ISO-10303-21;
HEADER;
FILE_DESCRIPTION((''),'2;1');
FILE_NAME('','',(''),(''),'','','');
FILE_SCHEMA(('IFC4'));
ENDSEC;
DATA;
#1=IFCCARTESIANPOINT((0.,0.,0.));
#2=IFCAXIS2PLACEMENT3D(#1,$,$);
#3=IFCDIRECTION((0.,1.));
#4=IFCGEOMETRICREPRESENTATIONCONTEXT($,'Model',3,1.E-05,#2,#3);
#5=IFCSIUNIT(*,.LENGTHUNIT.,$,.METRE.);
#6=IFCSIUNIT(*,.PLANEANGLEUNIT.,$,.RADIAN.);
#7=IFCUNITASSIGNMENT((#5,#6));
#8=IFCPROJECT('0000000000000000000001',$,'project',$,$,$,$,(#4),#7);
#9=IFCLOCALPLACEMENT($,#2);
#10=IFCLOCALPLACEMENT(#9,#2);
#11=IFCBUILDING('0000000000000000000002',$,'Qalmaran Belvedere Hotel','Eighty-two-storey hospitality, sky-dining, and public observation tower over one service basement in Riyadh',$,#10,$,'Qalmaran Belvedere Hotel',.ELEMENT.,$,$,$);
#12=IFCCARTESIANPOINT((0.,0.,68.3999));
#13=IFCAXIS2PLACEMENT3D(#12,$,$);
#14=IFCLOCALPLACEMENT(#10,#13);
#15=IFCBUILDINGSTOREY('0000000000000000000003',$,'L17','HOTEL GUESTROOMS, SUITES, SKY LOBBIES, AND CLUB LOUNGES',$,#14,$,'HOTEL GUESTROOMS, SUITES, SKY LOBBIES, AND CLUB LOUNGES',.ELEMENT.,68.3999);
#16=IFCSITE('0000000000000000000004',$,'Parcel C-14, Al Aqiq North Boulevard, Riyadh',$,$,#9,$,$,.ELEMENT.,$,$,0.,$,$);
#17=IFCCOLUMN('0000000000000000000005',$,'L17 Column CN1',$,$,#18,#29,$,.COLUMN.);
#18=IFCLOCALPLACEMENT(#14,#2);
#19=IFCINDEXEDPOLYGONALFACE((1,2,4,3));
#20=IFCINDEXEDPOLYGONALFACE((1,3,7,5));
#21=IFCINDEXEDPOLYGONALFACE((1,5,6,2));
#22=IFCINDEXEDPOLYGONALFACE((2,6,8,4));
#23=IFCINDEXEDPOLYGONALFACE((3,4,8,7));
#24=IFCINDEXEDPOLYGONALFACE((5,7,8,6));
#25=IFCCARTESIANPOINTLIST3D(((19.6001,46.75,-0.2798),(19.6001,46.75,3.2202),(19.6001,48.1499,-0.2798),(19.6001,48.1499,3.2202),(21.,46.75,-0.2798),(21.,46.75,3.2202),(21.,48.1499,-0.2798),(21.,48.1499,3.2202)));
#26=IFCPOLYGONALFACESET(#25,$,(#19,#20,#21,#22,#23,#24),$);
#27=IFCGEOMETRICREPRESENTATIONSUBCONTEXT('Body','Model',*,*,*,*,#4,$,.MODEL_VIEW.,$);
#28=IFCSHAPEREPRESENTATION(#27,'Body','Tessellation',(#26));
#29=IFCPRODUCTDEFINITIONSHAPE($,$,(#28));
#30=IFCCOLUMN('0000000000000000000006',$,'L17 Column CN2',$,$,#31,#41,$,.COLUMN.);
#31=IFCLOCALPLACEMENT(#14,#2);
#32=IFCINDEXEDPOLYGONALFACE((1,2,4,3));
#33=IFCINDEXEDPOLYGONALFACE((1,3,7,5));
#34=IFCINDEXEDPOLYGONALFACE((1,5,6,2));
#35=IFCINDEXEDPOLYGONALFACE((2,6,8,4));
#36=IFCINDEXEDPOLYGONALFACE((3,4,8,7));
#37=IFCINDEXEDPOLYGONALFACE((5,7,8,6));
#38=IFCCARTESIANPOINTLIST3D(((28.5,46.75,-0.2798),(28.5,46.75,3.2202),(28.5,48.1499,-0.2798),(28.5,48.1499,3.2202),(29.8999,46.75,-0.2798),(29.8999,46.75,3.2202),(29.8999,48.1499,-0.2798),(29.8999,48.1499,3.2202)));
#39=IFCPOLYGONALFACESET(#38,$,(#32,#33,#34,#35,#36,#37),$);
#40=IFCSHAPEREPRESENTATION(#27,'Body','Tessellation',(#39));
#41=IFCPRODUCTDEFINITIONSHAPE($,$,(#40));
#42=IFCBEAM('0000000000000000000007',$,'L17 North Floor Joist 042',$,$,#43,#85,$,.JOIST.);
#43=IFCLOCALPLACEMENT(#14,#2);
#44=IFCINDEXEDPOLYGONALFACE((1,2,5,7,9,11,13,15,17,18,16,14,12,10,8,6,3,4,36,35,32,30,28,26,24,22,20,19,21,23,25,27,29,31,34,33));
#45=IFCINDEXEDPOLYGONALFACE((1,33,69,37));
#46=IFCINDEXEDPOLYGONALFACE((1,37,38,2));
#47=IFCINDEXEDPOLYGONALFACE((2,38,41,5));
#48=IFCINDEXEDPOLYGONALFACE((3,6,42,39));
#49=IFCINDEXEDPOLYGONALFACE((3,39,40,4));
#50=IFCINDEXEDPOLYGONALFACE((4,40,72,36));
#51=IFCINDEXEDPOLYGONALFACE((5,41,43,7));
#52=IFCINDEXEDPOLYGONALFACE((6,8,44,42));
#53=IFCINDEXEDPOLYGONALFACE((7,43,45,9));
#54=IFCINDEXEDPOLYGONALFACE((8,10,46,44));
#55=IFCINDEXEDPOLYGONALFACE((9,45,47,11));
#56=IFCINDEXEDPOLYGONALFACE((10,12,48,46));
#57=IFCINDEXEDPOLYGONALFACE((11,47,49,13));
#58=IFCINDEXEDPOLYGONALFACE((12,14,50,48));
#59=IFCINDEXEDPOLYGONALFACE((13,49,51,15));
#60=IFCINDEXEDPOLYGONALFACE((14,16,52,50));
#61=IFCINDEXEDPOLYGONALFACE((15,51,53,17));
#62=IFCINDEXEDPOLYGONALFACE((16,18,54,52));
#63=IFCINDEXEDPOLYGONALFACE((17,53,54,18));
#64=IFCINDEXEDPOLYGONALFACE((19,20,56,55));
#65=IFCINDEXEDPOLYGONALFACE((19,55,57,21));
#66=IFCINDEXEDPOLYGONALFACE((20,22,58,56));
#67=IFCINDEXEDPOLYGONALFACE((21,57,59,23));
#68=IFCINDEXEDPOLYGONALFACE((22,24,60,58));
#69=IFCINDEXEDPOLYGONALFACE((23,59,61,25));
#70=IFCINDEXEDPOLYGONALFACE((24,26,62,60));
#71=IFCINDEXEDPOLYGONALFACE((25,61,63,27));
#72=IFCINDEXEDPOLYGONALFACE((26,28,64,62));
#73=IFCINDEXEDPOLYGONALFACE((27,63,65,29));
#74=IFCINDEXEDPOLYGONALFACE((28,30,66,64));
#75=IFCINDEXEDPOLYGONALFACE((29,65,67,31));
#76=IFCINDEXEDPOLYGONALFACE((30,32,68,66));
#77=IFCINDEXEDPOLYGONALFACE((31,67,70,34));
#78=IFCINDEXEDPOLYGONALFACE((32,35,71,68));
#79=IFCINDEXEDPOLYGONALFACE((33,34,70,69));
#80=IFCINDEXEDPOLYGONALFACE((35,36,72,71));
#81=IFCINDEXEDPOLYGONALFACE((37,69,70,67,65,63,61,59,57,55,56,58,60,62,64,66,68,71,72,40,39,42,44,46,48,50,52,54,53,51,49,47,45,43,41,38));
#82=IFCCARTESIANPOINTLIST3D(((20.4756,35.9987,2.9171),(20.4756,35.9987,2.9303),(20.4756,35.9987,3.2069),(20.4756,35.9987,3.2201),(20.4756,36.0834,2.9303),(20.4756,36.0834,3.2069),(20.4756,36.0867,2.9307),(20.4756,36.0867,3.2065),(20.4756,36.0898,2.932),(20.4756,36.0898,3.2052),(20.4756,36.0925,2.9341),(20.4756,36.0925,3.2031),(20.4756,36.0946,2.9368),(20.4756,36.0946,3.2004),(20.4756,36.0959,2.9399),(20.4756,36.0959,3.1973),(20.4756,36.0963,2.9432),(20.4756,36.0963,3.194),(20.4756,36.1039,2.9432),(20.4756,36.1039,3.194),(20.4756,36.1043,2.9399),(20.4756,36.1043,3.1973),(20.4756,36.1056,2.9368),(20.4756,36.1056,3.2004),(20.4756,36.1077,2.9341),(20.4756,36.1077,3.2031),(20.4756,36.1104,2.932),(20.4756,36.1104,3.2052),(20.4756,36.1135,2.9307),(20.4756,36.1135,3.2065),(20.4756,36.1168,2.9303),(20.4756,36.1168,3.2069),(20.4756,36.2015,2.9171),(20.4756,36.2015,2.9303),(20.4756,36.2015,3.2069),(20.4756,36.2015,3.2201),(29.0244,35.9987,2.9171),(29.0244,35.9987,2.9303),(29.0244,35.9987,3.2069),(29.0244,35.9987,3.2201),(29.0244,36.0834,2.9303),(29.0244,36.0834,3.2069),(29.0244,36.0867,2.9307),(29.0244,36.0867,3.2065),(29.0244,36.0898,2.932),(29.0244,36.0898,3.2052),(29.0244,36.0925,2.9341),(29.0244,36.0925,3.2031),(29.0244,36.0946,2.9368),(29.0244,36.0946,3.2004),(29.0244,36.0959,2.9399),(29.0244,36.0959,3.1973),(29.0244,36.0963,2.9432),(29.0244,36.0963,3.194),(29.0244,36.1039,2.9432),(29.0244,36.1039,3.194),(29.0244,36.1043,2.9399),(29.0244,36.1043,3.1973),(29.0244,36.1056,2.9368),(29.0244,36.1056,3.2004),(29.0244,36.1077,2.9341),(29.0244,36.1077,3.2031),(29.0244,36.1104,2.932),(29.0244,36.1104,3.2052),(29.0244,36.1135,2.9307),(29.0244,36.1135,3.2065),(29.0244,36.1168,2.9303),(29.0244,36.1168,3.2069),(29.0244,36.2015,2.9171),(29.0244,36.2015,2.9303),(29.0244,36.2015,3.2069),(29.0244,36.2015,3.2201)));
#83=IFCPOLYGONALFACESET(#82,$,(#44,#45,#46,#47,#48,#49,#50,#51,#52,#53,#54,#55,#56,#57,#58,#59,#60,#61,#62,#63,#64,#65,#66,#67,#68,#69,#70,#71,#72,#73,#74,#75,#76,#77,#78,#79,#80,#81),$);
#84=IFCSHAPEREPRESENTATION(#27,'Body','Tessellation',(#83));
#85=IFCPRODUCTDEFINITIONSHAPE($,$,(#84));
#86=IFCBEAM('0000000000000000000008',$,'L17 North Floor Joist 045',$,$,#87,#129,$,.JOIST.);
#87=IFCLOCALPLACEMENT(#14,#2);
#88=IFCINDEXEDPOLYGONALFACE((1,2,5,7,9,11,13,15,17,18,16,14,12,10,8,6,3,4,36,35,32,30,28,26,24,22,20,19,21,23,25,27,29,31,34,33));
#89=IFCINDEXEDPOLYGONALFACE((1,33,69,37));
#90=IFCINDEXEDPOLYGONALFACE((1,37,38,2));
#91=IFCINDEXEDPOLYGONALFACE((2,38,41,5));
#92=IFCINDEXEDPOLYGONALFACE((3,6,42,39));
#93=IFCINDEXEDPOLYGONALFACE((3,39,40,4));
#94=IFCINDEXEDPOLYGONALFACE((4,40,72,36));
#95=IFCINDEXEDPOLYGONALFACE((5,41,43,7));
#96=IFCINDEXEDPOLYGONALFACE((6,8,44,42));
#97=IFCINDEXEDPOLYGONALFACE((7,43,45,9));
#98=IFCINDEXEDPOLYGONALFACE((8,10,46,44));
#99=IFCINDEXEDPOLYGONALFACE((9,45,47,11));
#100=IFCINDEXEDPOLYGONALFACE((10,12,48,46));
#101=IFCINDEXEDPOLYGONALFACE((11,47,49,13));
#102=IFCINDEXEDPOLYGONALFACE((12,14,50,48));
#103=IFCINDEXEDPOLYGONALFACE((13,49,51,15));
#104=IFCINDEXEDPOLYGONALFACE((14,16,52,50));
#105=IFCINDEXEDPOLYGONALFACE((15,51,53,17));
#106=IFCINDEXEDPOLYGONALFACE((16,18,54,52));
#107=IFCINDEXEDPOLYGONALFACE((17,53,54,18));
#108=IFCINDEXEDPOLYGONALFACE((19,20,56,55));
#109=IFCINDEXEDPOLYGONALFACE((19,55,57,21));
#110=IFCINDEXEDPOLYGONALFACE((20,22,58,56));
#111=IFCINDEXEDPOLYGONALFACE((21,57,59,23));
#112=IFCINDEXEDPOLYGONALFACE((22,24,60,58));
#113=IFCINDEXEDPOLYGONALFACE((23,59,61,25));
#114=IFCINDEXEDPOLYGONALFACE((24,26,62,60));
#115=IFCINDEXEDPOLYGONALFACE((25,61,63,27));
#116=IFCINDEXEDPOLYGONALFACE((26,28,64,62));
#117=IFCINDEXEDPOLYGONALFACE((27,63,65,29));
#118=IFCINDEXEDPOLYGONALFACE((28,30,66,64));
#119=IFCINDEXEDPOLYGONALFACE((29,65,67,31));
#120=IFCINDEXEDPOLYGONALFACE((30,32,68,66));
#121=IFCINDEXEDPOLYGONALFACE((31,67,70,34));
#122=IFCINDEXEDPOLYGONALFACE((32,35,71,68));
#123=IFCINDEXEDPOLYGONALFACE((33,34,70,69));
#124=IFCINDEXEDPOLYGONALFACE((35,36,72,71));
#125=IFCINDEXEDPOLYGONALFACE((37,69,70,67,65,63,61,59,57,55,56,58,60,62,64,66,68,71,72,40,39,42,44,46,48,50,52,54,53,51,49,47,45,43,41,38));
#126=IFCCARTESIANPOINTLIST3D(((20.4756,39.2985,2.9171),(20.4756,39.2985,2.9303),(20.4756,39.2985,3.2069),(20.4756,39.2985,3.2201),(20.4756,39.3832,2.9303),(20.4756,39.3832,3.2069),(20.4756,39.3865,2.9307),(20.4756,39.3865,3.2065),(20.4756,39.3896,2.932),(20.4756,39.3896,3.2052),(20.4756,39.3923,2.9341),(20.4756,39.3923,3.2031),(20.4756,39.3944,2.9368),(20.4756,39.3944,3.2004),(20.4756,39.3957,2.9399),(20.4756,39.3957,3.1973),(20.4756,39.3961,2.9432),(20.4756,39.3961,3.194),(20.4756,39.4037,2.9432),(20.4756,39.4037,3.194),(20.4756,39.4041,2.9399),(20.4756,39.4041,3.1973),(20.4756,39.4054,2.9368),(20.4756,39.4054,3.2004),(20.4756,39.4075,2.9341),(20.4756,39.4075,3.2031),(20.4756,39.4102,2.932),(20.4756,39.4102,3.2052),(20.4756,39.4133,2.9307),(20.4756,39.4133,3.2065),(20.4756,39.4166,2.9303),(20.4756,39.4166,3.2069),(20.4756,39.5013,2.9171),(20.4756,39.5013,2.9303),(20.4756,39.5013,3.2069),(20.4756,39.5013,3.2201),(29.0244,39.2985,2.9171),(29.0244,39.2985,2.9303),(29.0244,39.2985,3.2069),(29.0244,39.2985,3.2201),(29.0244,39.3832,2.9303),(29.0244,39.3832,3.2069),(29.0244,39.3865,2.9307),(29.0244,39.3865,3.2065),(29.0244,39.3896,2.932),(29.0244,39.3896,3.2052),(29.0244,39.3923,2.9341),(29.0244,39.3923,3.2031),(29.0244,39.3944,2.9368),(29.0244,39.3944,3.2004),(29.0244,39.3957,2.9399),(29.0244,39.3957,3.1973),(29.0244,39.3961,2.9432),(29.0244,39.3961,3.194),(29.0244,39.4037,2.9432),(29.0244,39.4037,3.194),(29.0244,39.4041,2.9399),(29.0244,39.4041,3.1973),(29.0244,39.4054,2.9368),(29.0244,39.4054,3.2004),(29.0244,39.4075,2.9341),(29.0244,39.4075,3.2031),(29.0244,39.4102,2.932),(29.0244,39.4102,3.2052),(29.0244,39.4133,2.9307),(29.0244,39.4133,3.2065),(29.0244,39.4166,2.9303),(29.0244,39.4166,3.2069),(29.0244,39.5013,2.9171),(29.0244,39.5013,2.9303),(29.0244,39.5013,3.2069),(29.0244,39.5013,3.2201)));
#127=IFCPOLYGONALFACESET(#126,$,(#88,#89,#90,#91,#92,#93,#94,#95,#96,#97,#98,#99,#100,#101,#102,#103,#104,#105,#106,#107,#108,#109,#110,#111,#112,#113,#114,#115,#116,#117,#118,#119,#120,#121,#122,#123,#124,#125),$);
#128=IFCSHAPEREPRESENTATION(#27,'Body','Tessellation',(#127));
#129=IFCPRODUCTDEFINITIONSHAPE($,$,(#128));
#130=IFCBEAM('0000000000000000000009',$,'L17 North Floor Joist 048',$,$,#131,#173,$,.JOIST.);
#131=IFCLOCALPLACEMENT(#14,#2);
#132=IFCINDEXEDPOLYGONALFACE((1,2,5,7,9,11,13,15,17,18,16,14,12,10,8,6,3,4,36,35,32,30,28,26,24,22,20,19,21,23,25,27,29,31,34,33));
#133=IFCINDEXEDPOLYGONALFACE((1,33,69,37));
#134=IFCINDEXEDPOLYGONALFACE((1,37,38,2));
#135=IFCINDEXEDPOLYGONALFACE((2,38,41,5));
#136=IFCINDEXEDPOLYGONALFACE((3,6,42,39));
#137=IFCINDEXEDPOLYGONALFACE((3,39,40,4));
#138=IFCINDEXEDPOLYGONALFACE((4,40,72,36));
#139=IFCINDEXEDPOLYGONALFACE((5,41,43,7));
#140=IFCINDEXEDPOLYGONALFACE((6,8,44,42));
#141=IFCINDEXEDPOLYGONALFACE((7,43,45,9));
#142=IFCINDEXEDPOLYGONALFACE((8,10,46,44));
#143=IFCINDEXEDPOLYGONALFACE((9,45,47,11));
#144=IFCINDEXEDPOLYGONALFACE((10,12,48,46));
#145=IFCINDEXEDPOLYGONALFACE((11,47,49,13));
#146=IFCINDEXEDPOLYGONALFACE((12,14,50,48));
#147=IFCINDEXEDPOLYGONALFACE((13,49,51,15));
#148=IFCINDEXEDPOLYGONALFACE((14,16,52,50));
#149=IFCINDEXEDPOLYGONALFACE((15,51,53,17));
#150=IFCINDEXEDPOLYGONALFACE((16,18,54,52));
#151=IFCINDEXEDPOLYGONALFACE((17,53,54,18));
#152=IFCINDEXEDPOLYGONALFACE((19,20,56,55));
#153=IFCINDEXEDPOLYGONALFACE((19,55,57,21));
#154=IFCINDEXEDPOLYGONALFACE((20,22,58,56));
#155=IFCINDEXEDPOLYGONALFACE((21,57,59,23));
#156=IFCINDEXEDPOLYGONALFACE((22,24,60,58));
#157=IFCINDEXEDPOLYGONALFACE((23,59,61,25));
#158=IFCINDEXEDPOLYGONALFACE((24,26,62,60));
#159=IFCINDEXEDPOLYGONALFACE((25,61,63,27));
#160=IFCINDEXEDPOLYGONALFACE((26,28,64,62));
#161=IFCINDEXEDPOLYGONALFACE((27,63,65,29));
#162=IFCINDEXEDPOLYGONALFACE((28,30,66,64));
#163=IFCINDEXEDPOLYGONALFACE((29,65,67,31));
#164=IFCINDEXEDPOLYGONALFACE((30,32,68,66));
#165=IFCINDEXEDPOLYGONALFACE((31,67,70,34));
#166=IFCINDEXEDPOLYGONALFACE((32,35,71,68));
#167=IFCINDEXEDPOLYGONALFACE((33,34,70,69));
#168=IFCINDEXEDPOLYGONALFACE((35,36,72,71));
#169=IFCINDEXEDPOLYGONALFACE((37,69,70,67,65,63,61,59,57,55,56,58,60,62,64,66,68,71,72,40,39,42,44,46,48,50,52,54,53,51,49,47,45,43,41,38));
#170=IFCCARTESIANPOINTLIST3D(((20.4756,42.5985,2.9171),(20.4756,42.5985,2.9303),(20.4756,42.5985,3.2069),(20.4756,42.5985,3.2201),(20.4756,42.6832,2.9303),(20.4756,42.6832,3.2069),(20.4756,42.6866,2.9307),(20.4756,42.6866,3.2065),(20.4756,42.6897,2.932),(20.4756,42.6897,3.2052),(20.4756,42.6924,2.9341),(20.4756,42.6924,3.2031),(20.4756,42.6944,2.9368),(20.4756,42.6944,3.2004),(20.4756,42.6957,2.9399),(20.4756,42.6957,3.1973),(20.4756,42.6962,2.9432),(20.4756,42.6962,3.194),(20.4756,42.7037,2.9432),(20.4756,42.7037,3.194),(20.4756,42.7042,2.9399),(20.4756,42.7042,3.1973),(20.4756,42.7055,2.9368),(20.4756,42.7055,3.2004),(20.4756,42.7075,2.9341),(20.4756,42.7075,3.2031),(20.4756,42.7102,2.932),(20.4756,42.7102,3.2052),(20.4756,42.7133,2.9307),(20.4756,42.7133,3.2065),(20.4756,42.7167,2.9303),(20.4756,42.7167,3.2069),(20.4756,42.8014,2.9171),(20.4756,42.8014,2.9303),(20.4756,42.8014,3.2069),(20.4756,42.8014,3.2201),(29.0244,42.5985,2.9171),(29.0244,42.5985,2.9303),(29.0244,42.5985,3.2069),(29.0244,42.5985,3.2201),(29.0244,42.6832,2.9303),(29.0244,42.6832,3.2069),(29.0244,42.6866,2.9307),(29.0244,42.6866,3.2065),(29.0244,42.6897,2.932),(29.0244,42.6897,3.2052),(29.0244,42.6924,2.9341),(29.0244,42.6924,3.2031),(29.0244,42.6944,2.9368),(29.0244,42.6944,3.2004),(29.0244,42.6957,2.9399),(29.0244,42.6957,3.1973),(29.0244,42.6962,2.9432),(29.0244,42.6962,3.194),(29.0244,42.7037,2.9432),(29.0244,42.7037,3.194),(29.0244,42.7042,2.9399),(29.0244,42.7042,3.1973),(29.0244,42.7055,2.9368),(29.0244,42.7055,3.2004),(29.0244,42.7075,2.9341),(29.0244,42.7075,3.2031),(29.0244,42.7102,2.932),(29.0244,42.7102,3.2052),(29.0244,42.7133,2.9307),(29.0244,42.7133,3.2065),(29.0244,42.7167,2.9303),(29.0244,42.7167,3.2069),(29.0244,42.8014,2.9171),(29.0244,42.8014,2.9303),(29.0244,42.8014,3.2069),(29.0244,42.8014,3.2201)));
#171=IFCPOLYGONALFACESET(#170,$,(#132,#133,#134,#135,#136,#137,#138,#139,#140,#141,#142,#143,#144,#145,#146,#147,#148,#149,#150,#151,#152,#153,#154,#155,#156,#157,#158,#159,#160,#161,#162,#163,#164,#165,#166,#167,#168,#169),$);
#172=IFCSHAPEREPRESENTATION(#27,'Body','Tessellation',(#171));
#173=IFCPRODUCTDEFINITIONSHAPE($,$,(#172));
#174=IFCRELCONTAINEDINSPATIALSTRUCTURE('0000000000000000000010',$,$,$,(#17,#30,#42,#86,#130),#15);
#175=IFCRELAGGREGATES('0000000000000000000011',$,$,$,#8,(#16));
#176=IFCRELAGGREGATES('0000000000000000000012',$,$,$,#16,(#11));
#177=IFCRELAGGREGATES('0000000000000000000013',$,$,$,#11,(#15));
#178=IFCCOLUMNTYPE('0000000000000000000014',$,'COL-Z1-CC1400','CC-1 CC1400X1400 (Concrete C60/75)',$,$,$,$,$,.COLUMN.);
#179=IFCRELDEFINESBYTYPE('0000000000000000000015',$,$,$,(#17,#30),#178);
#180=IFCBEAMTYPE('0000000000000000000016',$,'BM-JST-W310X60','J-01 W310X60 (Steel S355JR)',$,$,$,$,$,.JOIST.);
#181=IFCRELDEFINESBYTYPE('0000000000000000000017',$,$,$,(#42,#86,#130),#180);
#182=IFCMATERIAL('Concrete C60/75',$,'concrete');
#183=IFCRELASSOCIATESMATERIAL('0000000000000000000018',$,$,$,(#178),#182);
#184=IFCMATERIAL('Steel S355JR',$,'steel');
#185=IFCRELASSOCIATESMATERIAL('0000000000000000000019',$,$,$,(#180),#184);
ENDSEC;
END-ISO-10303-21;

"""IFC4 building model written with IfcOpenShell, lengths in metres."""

from ifc_helpers import new_model, si_unit, direction, frame, origin, origin_2d, place, context, subcontext, project, spatial, rectangle, i_section, extrude, material, material_profile, profile_set, type_object, element, save


model = new_model("IFC4")

# Units and contexts
model_context = context("Model", 3, precision=1e-05, world=origin(), true_north=direction((0.0, 1.0)))
body_context = subcontext(model_context, "Body", "Model", "MODEL_VIEW")
ifc_project = project(units=[si_unit("LENGTHUNIT", "METRE"), si_unit("PLANEANGLEUNIT", "RADIAN")], contexts=[model_context])

# Site, building, storey
site_placement = place(None, origin())
site = spatial("IfcSite", under=ifc_project, at=site_placement, Name="Parcel C-14, Al Aqiq North Boulevard, Riyadh", CompositionType="ELEMENT", RefElevation=0.0)
building_placement = place(site_placement, origin())
building = spatial("IfcBuilding", under=site, at=building_placement, Name="Qalmaran Belvedere Hotel", Description="Eighty-two-storey hospitality, sky-dining, and public observation tower over one service basement in Riyadh", LongName="Qalmaran Belvedere Hotel", CompositionType="ELEMENT")
storey_placement = place(building_placement, frame((0.0, 0.0, 68.3999)))
storey = spatial("IfcBuildingStorey", under=building, at=storey_placement, Name="L17", Description="HOTEL GUESTROOMS, SUITES, SKY LOBBIES, AND CLUB LOUNGES", LongName="HOTEL GUESTROOMS, SUITES, SKY LOBBIES, AND CLUB LOUNGES", CompositionType="ELEMENT", Elevation=68.3999)

# Columns
ifc_material_1 = material(Name="Concrete C60/75", Category="concrete")
ifc_material_profile_1 = material_profile(ifc_material_1, rectangle(XDim=1.3999, YDim=1.3999, at=origin_2d()), Name="CC1400X1400")
ifc_profile_set_1 = profile_set([ifc_material_profile_1], Name="Concrete C60/75")
column_type = type_object("IfcColumnType", Name="COL-Z1-CC1400", Description="CC-1 CC1400X1400 (Concrete C60/75)", PredefinedType="COLUMN", material=ifc_profile_set_1)
for number, where, z_axis, x_axis, name in (
    (1, (20.3, 47.45, -0.2798), (0.0, 0.0, 1.0), (1.0, 0.0, 0.0), "L17 Column CN1"),
    (2, (29.2, 47.45, -0.2798), (0.0, 0.0, 1.0), (1.0, 0.0, 0.0), "L17 Column CN2"),
):
    element("IfcColumn", number, at=place(storey_placement, frame(where, z_axis=z_axis, x_axis=x_axis)), inside=storey, type_object=column_type, Name=name, PredefinedType="COLUMN", context=body_context, shape_type="SweptSolid", body=[
        extrude(rectangle(XDim=1.3999, YDim=1.3999, at=origin_2d()), origin(), (0.0, 0.0, 1.0), 3.5),
    ])

# Beams
ifc_material_2 = material(Name="Steel S355JR", Category="steel")
ifc_material_profile_2 = material_profile(ifc_material_2, i_section(OverallWidth=0.2029, OverallDepth=0.303, WebThickness=0.0076, FlangeThickness=0.0132, FilletRadius=0.0129, at=origin_2d()), Name="W310X60")
ifc_profile_set_2 = profile_set([ifc_material_profile_2], Name="Steel S355JR")
beam_type_1 = type_object("IfcBeamType", Name="BM-JST-W310X60", Description="J-01 W310X60 (Steel S355JR)", PredefinedType="JOIST", material=ifc_profile_set_2)
for number, where, z_axis, x_axis, name in (
    (3, (20.4756, 36.1001, 3.0686), (1.0, 0.0, 0.0), (0.0, 1.0, 0.0), "L17 North Floor Joist 042"),
    (4, (20.4756, 39.3999, 3.0686), (1.0, 0.0, 0.0), (0.0, 1.0, 0.0), "L17 North Floor Joist 045"),
    (5, (20.4756, 42.7, 3.0686), (1.0, 0.0, 0.0), (0.0, 1.0, 0.0), "L17 North Floor Joist 048"),
):
    element("IfcBeam", number, at=place(storey_placement, frame(where, z_axis=z_axis, x_axis=x_axis)), inside=storey, type_object=beam_type_1, Name=name, PredefinedType="JOIST", context=body_context, shape_type="SweptSolid", body=[
        extrude(i_section(OverallWidth=0.2029, OverallDepth=0.303, WebThickness=0.0076, FlangeThickness=0.0132, FilletRadius=0.0129, at=origin_2d()), origin(), (0.0, 0.0, 1.0), 8.5488),
    ])

save(model, "model.ifc")
